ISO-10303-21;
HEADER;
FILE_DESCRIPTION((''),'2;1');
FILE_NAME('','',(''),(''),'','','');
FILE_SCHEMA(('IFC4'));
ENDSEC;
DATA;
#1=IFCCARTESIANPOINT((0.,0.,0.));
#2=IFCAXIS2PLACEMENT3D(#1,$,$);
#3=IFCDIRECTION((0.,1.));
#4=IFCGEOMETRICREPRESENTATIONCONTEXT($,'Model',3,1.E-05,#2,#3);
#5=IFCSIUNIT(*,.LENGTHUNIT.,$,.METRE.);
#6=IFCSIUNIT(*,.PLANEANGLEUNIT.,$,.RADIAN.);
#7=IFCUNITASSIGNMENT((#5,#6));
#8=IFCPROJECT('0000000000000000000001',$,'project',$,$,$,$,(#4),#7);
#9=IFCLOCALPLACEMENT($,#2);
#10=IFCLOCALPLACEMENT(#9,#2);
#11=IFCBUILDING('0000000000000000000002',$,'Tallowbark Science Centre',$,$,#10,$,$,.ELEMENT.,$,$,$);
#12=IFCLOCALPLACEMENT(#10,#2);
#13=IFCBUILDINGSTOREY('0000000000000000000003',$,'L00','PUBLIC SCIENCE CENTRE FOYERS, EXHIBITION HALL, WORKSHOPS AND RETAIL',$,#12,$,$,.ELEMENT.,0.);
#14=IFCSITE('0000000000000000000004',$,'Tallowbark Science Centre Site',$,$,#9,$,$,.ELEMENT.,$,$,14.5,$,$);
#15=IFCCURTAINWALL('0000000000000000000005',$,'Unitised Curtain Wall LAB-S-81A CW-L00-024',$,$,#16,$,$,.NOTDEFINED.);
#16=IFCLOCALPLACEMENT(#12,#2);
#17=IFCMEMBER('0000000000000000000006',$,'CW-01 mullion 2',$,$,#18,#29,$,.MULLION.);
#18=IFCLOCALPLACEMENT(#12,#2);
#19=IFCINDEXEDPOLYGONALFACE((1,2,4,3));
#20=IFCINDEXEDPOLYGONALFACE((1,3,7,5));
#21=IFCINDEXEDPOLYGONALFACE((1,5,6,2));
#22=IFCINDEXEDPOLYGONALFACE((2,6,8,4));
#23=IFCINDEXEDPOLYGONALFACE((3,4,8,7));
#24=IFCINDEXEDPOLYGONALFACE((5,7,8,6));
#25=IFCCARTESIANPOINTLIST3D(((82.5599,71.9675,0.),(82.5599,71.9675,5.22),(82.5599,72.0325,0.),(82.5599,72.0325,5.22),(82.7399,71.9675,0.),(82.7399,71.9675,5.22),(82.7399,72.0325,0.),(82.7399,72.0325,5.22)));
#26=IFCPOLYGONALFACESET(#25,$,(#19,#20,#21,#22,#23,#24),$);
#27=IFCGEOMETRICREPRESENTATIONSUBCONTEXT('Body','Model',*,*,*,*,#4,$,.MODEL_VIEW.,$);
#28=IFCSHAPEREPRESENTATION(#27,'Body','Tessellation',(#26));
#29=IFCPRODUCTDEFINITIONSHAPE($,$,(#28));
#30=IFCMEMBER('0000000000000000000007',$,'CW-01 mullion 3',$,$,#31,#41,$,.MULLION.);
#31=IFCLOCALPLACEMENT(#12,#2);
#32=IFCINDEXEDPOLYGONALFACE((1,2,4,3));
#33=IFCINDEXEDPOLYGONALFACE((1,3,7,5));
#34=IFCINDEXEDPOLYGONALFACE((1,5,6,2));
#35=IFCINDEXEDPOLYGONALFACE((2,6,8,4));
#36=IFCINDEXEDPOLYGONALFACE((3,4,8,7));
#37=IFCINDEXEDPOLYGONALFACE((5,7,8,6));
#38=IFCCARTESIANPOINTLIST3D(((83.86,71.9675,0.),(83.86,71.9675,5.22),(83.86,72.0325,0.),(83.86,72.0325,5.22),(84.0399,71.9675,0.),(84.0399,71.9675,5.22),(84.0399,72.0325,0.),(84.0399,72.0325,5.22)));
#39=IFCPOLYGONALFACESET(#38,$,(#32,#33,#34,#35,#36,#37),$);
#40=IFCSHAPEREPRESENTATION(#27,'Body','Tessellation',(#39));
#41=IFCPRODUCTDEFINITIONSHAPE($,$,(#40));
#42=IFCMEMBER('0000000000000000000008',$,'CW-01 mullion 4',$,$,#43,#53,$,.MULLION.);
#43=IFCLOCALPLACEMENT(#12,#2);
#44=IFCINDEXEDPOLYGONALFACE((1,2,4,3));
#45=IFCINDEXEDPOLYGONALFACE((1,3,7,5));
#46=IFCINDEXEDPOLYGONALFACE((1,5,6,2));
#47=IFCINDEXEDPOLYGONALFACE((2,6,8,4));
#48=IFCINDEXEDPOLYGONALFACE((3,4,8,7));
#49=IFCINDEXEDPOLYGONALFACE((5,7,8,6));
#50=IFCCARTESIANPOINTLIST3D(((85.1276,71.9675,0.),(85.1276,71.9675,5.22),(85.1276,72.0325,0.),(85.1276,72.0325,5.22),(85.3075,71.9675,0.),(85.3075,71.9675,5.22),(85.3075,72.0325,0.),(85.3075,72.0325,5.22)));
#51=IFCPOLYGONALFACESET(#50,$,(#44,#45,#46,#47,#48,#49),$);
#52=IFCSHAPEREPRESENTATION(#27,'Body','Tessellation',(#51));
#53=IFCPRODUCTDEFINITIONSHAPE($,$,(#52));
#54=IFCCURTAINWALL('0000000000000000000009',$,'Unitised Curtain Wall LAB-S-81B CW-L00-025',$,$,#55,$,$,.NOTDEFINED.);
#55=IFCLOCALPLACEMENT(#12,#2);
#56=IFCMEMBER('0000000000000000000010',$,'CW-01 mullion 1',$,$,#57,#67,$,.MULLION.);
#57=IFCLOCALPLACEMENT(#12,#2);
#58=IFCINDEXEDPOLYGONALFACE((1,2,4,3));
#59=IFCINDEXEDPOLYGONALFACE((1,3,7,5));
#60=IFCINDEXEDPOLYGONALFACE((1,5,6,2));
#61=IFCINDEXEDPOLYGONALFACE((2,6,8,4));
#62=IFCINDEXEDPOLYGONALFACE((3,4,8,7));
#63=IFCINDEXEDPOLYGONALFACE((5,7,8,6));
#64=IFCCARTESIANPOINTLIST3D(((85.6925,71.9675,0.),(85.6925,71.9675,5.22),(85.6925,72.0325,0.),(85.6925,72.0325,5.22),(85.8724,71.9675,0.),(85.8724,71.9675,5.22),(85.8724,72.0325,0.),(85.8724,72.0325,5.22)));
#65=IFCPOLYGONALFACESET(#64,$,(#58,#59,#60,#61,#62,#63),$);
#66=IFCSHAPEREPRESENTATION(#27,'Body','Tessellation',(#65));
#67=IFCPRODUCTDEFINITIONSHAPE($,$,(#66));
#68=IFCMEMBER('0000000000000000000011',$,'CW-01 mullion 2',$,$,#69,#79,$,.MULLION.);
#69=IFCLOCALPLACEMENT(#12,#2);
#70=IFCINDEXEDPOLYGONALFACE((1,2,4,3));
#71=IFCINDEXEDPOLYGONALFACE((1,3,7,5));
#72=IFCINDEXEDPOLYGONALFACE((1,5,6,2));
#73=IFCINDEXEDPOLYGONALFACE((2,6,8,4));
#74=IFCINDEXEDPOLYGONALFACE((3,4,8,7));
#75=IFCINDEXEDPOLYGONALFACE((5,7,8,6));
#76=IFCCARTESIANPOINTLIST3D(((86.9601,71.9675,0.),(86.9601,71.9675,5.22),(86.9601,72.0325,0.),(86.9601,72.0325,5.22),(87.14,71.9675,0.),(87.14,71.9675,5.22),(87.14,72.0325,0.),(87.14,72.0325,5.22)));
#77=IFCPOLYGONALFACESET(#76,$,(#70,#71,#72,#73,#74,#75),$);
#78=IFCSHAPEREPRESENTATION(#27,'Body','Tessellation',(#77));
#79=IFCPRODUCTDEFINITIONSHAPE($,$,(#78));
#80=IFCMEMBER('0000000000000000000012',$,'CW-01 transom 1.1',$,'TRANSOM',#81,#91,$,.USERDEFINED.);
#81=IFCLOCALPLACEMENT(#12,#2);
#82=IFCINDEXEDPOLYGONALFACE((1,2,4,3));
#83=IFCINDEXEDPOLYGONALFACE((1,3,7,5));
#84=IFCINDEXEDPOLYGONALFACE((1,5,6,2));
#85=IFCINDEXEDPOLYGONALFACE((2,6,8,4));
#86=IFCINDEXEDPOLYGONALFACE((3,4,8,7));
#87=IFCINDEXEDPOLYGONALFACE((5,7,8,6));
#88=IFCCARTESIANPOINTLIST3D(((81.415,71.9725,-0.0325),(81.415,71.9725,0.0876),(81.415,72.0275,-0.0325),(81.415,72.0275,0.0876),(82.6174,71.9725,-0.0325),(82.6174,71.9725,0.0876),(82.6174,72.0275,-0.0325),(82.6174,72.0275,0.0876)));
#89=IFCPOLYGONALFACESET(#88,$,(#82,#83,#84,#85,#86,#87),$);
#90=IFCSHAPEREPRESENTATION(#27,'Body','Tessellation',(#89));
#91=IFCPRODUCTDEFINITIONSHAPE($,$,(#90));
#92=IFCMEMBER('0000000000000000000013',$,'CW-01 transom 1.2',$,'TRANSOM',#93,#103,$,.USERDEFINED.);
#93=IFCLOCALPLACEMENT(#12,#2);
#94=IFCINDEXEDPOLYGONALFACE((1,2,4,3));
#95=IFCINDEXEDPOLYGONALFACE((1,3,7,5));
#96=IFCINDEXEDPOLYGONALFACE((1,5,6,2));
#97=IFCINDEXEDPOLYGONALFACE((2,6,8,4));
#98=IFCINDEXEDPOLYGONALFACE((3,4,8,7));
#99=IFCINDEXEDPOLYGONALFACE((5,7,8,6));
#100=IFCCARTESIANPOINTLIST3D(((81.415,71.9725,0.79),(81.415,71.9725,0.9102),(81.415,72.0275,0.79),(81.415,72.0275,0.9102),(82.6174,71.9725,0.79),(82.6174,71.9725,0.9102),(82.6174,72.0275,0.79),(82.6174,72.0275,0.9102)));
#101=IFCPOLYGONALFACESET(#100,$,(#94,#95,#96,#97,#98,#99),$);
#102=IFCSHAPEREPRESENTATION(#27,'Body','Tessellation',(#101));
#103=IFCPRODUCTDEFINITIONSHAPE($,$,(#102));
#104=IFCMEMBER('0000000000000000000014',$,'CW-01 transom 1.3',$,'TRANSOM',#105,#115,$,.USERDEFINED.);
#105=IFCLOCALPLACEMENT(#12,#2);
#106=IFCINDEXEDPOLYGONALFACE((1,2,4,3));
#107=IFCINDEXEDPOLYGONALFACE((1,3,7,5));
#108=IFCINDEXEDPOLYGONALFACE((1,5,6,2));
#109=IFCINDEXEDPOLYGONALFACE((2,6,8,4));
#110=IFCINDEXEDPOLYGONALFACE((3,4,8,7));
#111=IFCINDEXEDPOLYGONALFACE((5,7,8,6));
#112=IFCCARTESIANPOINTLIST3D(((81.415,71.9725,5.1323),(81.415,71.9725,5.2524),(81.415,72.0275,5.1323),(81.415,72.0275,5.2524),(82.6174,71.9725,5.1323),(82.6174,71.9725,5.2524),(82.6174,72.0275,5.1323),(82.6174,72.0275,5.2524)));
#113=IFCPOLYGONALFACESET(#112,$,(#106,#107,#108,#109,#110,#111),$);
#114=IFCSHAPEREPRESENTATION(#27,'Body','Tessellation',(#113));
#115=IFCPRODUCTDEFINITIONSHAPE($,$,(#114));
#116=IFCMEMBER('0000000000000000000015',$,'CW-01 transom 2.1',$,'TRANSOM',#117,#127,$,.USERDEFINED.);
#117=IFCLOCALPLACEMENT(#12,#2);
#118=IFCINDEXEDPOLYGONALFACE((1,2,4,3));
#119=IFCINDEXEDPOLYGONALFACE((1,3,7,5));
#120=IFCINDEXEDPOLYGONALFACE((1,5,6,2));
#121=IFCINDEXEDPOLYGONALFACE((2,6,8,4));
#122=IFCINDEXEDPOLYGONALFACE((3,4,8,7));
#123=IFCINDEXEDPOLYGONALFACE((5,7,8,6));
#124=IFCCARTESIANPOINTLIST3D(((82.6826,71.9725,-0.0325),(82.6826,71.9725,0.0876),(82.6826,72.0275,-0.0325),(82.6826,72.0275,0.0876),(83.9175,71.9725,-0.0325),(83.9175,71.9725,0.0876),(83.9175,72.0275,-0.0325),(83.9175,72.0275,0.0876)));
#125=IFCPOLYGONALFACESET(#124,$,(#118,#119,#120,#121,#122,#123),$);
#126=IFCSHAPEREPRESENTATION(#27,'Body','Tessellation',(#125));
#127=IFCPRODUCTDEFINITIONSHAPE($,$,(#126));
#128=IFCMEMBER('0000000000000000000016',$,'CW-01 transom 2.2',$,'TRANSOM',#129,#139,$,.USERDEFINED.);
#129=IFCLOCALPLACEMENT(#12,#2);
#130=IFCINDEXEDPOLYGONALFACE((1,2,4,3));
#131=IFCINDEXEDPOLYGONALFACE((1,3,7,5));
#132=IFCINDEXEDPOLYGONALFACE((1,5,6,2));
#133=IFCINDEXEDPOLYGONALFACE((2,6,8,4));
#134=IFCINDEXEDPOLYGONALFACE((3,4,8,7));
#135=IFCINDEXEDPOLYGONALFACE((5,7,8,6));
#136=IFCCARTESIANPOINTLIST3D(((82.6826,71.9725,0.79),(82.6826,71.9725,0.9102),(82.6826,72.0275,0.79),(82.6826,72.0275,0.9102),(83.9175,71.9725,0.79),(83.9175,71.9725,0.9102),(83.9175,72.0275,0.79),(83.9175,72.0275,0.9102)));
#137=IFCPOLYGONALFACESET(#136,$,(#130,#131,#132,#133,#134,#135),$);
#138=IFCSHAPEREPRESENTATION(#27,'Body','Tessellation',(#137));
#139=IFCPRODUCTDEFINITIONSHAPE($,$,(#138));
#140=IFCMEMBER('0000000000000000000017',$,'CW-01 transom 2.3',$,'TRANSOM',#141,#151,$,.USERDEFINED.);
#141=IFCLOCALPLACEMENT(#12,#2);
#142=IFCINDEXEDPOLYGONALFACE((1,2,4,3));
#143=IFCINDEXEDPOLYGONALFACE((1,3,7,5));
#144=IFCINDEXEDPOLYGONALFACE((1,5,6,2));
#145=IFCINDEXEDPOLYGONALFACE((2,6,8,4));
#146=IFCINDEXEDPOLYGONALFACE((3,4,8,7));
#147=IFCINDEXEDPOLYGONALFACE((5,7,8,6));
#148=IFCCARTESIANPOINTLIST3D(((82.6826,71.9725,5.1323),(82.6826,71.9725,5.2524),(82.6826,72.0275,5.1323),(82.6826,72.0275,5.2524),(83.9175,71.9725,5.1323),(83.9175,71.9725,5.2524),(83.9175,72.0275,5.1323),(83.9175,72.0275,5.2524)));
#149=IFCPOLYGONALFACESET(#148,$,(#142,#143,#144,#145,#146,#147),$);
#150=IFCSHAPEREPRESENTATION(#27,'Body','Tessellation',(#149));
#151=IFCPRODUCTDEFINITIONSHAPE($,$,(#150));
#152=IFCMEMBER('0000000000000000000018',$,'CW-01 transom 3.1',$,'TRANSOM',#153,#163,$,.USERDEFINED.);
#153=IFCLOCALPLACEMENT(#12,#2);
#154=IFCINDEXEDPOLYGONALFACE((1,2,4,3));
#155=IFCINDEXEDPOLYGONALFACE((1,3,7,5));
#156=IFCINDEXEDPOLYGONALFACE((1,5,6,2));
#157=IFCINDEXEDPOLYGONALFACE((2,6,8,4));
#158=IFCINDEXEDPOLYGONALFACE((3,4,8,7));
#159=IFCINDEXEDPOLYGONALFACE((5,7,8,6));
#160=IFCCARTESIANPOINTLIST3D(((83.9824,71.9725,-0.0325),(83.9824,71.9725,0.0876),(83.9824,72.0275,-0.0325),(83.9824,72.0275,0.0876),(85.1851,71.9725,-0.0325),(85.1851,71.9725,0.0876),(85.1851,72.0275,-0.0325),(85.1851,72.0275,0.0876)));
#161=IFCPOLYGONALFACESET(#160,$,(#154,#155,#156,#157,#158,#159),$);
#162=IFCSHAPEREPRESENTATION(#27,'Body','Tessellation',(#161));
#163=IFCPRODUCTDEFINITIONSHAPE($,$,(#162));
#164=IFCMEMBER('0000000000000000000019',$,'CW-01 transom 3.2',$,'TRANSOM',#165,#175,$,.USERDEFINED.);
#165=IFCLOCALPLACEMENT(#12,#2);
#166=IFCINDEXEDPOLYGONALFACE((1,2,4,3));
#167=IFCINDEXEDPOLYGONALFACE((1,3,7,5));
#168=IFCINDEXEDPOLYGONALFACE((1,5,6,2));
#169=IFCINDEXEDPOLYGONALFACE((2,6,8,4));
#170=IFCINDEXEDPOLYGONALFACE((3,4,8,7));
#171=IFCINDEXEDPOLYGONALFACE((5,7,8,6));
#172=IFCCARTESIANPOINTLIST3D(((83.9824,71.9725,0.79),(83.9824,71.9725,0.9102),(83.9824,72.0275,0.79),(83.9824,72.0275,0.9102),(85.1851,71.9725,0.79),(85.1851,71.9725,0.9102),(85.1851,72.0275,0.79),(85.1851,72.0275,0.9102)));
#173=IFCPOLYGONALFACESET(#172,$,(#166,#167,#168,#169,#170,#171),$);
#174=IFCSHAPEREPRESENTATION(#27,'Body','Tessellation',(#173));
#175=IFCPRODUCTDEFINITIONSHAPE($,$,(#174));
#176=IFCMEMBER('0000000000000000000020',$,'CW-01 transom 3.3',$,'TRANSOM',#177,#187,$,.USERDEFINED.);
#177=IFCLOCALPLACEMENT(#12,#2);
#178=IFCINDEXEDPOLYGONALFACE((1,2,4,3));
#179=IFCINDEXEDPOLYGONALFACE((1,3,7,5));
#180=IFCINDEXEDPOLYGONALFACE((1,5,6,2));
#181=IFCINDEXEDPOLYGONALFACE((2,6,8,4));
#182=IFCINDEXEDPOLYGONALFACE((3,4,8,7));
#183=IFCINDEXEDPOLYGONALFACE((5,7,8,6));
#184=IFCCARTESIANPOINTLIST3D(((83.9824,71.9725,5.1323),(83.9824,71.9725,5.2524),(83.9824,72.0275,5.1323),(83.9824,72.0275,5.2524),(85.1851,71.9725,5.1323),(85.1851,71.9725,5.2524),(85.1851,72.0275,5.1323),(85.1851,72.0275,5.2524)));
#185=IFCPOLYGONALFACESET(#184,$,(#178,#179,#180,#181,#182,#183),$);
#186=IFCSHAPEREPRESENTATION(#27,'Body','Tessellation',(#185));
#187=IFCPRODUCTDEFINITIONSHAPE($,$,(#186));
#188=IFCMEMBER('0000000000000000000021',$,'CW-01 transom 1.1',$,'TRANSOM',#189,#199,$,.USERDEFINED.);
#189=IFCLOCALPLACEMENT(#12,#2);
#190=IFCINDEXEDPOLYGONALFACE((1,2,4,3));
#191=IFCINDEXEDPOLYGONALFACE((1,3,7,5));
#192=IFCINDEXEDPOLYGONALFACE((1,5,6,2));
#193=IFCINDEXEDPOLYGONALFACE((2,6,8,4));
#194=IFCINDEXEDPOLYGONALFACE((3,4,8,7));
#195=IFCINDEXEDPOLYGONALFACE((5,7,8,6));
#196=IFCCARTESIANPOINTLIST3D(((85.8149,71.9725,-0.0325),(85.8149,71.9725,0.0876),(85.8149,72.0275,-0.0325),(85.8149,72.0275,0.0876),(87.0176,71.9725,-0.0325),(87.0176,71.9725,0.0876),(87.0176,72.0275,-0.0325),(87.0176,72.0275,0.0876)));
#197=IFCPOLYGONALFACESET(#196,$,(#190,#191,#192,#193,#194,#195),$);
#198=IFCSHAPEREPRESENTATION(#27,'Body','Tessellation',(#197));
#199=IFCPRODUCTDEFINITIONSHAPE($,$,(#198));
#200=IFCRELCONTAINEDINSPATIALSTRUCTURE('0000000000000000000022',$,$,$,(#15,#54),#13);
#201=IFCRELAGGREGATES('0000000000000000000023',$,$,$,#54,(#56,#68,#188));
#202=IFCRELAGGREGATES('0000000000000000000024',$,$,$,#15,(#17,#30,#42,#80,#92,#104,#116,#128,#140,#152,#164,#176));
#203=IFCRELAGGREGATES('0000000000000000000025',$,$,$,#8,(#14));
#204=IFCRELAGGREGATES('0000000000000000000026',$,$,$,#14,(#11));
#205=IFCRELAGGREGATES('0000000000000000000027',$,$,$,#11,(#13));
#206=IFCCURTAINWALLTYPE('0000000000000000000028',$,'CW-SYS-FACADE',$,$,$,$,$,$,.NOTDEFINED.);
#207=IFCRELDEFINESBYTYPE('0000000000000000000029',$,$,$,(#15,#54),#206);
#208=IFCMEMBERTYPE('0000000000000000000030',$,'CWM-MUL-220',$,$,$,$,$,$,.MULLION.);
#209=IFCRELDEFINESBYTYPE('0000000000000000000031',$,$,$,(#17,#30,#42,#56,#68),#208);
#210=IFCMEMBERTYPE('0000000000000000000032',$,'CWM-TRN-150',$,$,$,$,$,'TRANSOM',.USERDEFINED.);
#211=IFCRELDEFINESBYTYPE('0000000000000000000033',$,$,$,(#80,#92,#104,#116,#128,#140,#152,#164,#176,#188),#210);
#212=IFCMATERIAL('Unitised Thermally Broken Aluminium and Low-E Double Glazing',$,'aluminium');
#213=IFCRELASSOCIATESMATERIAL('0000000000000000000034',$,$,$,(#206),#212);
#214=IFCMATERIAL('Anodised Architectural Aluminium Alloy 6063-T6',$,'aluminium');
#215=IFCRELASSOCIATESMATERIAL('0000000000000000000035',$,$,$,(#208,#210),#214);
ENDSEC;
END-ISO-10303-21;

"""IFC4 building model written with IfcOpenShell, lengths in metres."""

from ifc_helpers import new_model, si_unit, direction, frame, origin, origin_2d, place, context, subcontext, project, spatial, rectangle, extrude, material, material_profile, profile_set, type_object, element, aggregate, save


model = new_model("IFC4")

# Units and contexts
model_context = context("Model", 3, precision=1e-05, world=origin(), true_north=direction((0.0, 1.0)))
body_context = subcontext(model_context, "Body", "Model", "MODEL_VIEW")
ifc_project = project(units=[si_unit("LENGTHUNIT", "METRE"), si_unit("PLANEANGLEUNIT", "RADIAN")], contexts=[model_context])

# Site, building, storey
site_placement = place(None, origin())
site = spatial("IfcSite", under=ifc_project, at=site_placement, Name="Tallowbark Science Centre Site", CompositionType="ELEMENT", RefElevation=14.5)
building_placement = place(site_placement, origin())
building = spatial("IfcBuilding", under=site, at=building_placement, Name="Tallowbark Science Centre", CompositionType="ELEMENT")
storey_placement = place(building_placement, origin())
storey = spatial("IfcBuildingStorey", under=building, at=storey_placement, Name="L00", Description="PUBLIC SCIENCE CENTRE FOYERS, EXHIBITION HALL, WORKSHOPS AND RETAIL", CompositionType="ELEMENT", Elevation=0.0)

# Curtain walls, members
ifc_material_1 = material(Name="Unitised Thermally Broken Aluminium and Low-E Double Glazing", Category="aluminium")
curtain_wall_type = type_object("IfcCurtainWallType", Name="CW-SYS-FACADE", PredefinedType="NOTDEFINED", material=ifc_material_1)
curtain_wall_1_placement = place(storey_placement, origin())
curtain_wall_1 = element("IfcCurtainWall", 1, at=curtain_wall_1_placement, inside=storey, type_object=curtain_wall_type, Name="Unitised Curtain Wall LAB-S-81A CW-L00-024", PredefinedType="NOTDEFINED")
ifc_material_2 = material(Name="Anodised Architectural Aluminium Alloy 6063-T6", Category="aluminium")
ifc_material_profile_1 = material_profile(ifc_material_2, rectangle(XDim=0.0649, YDim=0.1799, at=origin_2d()), Name="ALU65x180")
ifc_profile_set_1 = profile_set([ifc_material_profile_1], Name="Anodised Architectural Aluminium Alloy 6063-T6")
member_type_1 = type_object("IfcMemberType", Name="CWM-MUL-220", PredefinedType="MULLION", material=ifc_profile_set_1)
member_1_placement = place(storey_placement, frame((82.6499, 72.0, 0.0), z_axis=(0.0, 0.0, 1.0), x_axis=(0.0, 1.0, 0.0)))
member_1 = element("IfcMember", 2, at=member_1_placement, type_object=member_type_1, Name="CW-01 mullion 2", PredefinedType="MULLION", context=body_context, shape_type="SweptSolid", body=[
    extrude(rectangle(XDim=0.0649, YDim=0.1799, at=origin_2d()), origin(), (0.0, 0.0, 1.0), 5.22),
])
member_2_placement = place(storey_placement, frame((83.95, 72.0, 0.0), z_axis=(0.0, 0.0, 1.0), x_axis=(0.0, 1.0, 0.0)))
member_2 = element("IfcMember", 3, at=member_2_placement, type_object=member_type_1, Name="CW-01 mullion 3", PredefinedType="MULLION", context=body_context, shape_type="SweptSolid", body=[
    extrude(rectangle(XDim=0.0649, YDim=0.1799, at=origin_2d()), origin(), (0.0, 0.0, 1.0), 5.22),
])
member_3_placement = place(storey_placement, frame((85.2175, 72.0, 0.0), z_axis=(0.0, 0.0, 1.0), x_axis=(0.0, 1.0, 0.0)))
member_3 = element("IfcMember", 4, at=member_3_placement, type_object=member_type_1, Name="CW-01 mullion 4", PredefinedType="MULLION", context=body_context, shape_type="SweptSolid", body=[
    extrude(rectangle(XDim=0.0649, YDim=0.1799, at=origin_2d()), origin(), (0.0, 0.0, 1.0), 5.22),
])
curtain_wall_2_placement = place(storey_placement, origin())
curtain_wall_2 = element("IfcCurtainWall", 5, at=curtain_wall_2_placement, inside=storey, type_object=curtain_wall_type, Name="Unitised Curtain Wall LAB-S-81B CW-L00-025", PredefinedType="NOTDEFINED")
member_4_placement = place(storey_placement, frame((85.7825, 72.0, 0.0), z_axis=(0.0, 0.0, 1.0), x_axis=(0.0, 1.0, 0.0)))
member_4 = element("IfcMember", 6, at=member_4_placement, type_object=member_type_1, Name="CW-01 mullion 1", PredefinedType="MULLION", context=body_context, shape_type="SweptSolid", body=[
    extrude(rectangle(XDim=0.0649, YDim=0.1799, at=origin_2d()), origin(), (0.0, 0.0, 1.0), 5.22),
])
member_5_placement = place(storey_placement, frame((87.05, 72.0, 0.0), z_axis=(0.0, 0.0, 1.0), x_axis=(0.0, 1.0, 0.0)))
member_5 = element("IfcMember", 7, at=member_5_placement, type_object=member_type_1, Name="CW-01 mullion 2", PredefinedType="MULLION", context=body_context, shape_type="SweptSolid", body=[
    extrude(rectangle(XDim=0.0649, YDim=0.1799, at=origin_2d()), origin(), (0.0, 0.0, 1.0), 5.22),
])

# Members
ifc_material_profile_2 = material_profile(ifc_material_2, rectangle(XDim=0.0549, YDim=0.1201, at=origin_2d()), Name="ALU55x120")
ifc_profile_set_2 = profile_set([ifc_material_profile_2], Name="Anodised Architectural Aluminium Alloy 6063-T6")
member_type_2 = type_object("IfcMemberType", Name="CWM-TRN-150", ElementType="TRANSOM", PredefinedType="USERDEFINED", material=ifc_profile_set_2)
member_6_placement = place(storey_placement, frame((81.415, 72.0, 0.0276), z_axis=(1.0, 0.0, 0.0), x_axis=(0.0, 1.0, 0.0)))
member_6 = element("IfcMember", 8, at=member_6_placement, type_object=member_type_2, Name="CW-01 transom 1.1", ObjectType="TRANSOM", PredefinedType="USERDEFINED", context=body_context, shape_type="SweptSolid", body=[
    extrude(rectangle(XDim=0.0549, YDim=0.1201, at=origin_2d()), origin(), (0.0, 0.0, 1.0), 1.2024),
])
member_7_placement = place(storey_placement, frame((81.415, 72.0, 0.8501), z_axis=(1.0, 0.0, 0.0), x_axis=(0.0, 1.0, 0.0)))
member_7 = element("IfcMember", 9, at=member_7_placement, type_object=member_type_2, Name="CW-01 transom 1.2", ObjectType="TRANSOM", PredefinedType="USERDEFINED", context=body_context, shape_type="SweptSolid", body=[
    extrude(rectangle(XDim=0.0549, YDim=0.1201, at=origin_2d()), origin(), (0.0, 0.0, 1.0), 1.2024),
])
member_8_placement = place(storey_placement, frame((81.415, 72.0, 5.1924), z_axis=(1.0, 0.0, 0.0), x_axis=(0.0, 1.0, 0.0)))
member_8 = element("IfcMember", 10, at=member_8_placement, type_object=member_type_2, Name="CW-01 transom 1.3", ObjectType="TRANSOM", PredefinedType="USERDEFINED", context=body_context, shape_type="SweptSolid", body=[
    extrude(rectangle(XDim=0.0549, YDim=0.1201, at=origin_2d()), origin(), (0.0, 0.0, 1.0), 1.2024),
])
member_9_placement = place(storey_placement, frame((82.6826, 72.0, 0.0276), z_axis=(1.0, 0.0, 0.0), x_axis=(0.0, 1.0, 0.0)))
member_9 = element("IfcMember", 11, at=member_9_placement, type_object=member_type_2, Name="CW-01 transom 2.1", ObjectType="TRANSOM", PredefinedType="USERDEFINED", context=body_context, shape_type="SweptSolid", body=[
    extrude(rectangle(XDim=0.0549, YDim=0.1201, at=origin_2d()), origin(), (0.0, 0.0, 1.0), 1.2349),
])
member_10_placement = place(storey_placement, frame((82.6826, 72.0, 0.8501), z_axis=(1.0, 0.0, 0.0), x_axis=(0.0, 1.0, 0.0)))
member_10 = element("IfcMember", 12, at=member_10_placement, type_object=member_type_2, Name="CW-01 transom 2.2", ObjectType="TRANSOM", PredefinedType="USERDEFINED", context=body_context, shape_type="SweptSolid", body=[
    extrude(rectangle(XDim=0.0549, YDim=0.1201, at=origin_2d()), origin(), (0.0, 0.0, 1.0), 1.2349),
])
member_11_placement = place(storey_placement, frame((82.6826, 72.0, 5.1924), z_axis=(1.0, 0.0, 0.0), x_axis=(0.0, 1.0, 0.0)))
member_11 = element("IfcMember", 13, at=member_11_placement, type_object=member_type_2, Name="CW-01 transom 2.3", ObjectType="TRANSOM", PredefinedType="USERDEFINED", context=body_context, shape_type="SweptSolid", body=[
    extrude(rectangle(XDim=0.0549, YDim=0.1201, at=origin_2d()), origin(), (0.0, 0.0, 1.0), 1.2349),
])
member_12_placement = place(storey_placement, frame((83.9824, 72.0, 0.0276), z_axis=(1.0, 0.0, 0.0), x_axis=(0.0, 1.0, 0.0)))
member_12 = element("IfcMember", 14, at=member_12_placement, type_object=member_type_2, Name="CW-01 transom 3.1", ObjectType="TRANSOM", PredefinedType="USERDEFINED", context=body_context, shape_type="SweptSolid", body=[
    extrude(rectangle(XDim=0.0549, YDim=0.1201, at=origin_2d()), origin(), (0.0, 0.0, 1.0), 1.2026),
])
member_13_placement = place(storey_placement, frame((83.9824, 72.0, 0.8501), z_axis=(1.0, 0.0, 0.0), x_axis=(0.0, 1.0, 0.0)))
member_13 = element("IfcMember", 15, at=member_13_placement, type_object=member_type_2, Name="CW-01 transom 3.2", ObjectType="TRANSOM", PredefinedType="USERDEFINED", context=body_context, shape_type="SweptSolid", body=[
    extrude(rectangle(XDim=0.0549, YDim=0.1201, at=origin_2d()), origin(), (0.0, 0.0, 1.0), 1.2026),
])
member_14_placement = place(storey_placement, frame((83.9824, 72.0, 5.1924), z_axis=(1.0, 0.0, 0.0), x_axis=(0.0, 1.0, 0.0)))
member_14 = element("IfcMember", 16, at=member_14_placement, type_object=member_type_2, Name="CW-01 transom 3.3", ObjectType="TRANSOM", PredefinedType="USERDEFINED", context=body_context, shape_type="SweptSolid", body=[
    extrude(rectangle(XDim=0.0549, YDim=0.1201, at=origin_2d()), origin(), (0.0, 0.0, 1.0), 1.2026),
])
member_15_placement = place(storey_placement, frame((85.8149, 72.0, 0.0276), z_axis=(1.0, 0.0, 0.0), x_axis=(0.0, 1.0, 0.0)))
member_15 = element("IfcMember", 17, at=member_15_placement, type_object=member_type_2, Name="CW-01 transom 1.1", ObjectType="TRANSOM", PredefinedType="USERDEFINED", context=body_context, shape_type="SweptSolid", body=[
    extrude(rectangle(XDim=0.0549, YDim=0.1201, at=origin_2d()), origin(), (0.0, 0.0, 1.0), 1.2026),
])

aggregate(curtain_wall_2, [member_4, member_5, member_15])
aggregate(curtain_wall_1, [member_1, member_2, member_3, member_6, member_7, member_8, member_9, member_10, member_11, member_12, member_13, member_14])

save(model, "model.ifc")
